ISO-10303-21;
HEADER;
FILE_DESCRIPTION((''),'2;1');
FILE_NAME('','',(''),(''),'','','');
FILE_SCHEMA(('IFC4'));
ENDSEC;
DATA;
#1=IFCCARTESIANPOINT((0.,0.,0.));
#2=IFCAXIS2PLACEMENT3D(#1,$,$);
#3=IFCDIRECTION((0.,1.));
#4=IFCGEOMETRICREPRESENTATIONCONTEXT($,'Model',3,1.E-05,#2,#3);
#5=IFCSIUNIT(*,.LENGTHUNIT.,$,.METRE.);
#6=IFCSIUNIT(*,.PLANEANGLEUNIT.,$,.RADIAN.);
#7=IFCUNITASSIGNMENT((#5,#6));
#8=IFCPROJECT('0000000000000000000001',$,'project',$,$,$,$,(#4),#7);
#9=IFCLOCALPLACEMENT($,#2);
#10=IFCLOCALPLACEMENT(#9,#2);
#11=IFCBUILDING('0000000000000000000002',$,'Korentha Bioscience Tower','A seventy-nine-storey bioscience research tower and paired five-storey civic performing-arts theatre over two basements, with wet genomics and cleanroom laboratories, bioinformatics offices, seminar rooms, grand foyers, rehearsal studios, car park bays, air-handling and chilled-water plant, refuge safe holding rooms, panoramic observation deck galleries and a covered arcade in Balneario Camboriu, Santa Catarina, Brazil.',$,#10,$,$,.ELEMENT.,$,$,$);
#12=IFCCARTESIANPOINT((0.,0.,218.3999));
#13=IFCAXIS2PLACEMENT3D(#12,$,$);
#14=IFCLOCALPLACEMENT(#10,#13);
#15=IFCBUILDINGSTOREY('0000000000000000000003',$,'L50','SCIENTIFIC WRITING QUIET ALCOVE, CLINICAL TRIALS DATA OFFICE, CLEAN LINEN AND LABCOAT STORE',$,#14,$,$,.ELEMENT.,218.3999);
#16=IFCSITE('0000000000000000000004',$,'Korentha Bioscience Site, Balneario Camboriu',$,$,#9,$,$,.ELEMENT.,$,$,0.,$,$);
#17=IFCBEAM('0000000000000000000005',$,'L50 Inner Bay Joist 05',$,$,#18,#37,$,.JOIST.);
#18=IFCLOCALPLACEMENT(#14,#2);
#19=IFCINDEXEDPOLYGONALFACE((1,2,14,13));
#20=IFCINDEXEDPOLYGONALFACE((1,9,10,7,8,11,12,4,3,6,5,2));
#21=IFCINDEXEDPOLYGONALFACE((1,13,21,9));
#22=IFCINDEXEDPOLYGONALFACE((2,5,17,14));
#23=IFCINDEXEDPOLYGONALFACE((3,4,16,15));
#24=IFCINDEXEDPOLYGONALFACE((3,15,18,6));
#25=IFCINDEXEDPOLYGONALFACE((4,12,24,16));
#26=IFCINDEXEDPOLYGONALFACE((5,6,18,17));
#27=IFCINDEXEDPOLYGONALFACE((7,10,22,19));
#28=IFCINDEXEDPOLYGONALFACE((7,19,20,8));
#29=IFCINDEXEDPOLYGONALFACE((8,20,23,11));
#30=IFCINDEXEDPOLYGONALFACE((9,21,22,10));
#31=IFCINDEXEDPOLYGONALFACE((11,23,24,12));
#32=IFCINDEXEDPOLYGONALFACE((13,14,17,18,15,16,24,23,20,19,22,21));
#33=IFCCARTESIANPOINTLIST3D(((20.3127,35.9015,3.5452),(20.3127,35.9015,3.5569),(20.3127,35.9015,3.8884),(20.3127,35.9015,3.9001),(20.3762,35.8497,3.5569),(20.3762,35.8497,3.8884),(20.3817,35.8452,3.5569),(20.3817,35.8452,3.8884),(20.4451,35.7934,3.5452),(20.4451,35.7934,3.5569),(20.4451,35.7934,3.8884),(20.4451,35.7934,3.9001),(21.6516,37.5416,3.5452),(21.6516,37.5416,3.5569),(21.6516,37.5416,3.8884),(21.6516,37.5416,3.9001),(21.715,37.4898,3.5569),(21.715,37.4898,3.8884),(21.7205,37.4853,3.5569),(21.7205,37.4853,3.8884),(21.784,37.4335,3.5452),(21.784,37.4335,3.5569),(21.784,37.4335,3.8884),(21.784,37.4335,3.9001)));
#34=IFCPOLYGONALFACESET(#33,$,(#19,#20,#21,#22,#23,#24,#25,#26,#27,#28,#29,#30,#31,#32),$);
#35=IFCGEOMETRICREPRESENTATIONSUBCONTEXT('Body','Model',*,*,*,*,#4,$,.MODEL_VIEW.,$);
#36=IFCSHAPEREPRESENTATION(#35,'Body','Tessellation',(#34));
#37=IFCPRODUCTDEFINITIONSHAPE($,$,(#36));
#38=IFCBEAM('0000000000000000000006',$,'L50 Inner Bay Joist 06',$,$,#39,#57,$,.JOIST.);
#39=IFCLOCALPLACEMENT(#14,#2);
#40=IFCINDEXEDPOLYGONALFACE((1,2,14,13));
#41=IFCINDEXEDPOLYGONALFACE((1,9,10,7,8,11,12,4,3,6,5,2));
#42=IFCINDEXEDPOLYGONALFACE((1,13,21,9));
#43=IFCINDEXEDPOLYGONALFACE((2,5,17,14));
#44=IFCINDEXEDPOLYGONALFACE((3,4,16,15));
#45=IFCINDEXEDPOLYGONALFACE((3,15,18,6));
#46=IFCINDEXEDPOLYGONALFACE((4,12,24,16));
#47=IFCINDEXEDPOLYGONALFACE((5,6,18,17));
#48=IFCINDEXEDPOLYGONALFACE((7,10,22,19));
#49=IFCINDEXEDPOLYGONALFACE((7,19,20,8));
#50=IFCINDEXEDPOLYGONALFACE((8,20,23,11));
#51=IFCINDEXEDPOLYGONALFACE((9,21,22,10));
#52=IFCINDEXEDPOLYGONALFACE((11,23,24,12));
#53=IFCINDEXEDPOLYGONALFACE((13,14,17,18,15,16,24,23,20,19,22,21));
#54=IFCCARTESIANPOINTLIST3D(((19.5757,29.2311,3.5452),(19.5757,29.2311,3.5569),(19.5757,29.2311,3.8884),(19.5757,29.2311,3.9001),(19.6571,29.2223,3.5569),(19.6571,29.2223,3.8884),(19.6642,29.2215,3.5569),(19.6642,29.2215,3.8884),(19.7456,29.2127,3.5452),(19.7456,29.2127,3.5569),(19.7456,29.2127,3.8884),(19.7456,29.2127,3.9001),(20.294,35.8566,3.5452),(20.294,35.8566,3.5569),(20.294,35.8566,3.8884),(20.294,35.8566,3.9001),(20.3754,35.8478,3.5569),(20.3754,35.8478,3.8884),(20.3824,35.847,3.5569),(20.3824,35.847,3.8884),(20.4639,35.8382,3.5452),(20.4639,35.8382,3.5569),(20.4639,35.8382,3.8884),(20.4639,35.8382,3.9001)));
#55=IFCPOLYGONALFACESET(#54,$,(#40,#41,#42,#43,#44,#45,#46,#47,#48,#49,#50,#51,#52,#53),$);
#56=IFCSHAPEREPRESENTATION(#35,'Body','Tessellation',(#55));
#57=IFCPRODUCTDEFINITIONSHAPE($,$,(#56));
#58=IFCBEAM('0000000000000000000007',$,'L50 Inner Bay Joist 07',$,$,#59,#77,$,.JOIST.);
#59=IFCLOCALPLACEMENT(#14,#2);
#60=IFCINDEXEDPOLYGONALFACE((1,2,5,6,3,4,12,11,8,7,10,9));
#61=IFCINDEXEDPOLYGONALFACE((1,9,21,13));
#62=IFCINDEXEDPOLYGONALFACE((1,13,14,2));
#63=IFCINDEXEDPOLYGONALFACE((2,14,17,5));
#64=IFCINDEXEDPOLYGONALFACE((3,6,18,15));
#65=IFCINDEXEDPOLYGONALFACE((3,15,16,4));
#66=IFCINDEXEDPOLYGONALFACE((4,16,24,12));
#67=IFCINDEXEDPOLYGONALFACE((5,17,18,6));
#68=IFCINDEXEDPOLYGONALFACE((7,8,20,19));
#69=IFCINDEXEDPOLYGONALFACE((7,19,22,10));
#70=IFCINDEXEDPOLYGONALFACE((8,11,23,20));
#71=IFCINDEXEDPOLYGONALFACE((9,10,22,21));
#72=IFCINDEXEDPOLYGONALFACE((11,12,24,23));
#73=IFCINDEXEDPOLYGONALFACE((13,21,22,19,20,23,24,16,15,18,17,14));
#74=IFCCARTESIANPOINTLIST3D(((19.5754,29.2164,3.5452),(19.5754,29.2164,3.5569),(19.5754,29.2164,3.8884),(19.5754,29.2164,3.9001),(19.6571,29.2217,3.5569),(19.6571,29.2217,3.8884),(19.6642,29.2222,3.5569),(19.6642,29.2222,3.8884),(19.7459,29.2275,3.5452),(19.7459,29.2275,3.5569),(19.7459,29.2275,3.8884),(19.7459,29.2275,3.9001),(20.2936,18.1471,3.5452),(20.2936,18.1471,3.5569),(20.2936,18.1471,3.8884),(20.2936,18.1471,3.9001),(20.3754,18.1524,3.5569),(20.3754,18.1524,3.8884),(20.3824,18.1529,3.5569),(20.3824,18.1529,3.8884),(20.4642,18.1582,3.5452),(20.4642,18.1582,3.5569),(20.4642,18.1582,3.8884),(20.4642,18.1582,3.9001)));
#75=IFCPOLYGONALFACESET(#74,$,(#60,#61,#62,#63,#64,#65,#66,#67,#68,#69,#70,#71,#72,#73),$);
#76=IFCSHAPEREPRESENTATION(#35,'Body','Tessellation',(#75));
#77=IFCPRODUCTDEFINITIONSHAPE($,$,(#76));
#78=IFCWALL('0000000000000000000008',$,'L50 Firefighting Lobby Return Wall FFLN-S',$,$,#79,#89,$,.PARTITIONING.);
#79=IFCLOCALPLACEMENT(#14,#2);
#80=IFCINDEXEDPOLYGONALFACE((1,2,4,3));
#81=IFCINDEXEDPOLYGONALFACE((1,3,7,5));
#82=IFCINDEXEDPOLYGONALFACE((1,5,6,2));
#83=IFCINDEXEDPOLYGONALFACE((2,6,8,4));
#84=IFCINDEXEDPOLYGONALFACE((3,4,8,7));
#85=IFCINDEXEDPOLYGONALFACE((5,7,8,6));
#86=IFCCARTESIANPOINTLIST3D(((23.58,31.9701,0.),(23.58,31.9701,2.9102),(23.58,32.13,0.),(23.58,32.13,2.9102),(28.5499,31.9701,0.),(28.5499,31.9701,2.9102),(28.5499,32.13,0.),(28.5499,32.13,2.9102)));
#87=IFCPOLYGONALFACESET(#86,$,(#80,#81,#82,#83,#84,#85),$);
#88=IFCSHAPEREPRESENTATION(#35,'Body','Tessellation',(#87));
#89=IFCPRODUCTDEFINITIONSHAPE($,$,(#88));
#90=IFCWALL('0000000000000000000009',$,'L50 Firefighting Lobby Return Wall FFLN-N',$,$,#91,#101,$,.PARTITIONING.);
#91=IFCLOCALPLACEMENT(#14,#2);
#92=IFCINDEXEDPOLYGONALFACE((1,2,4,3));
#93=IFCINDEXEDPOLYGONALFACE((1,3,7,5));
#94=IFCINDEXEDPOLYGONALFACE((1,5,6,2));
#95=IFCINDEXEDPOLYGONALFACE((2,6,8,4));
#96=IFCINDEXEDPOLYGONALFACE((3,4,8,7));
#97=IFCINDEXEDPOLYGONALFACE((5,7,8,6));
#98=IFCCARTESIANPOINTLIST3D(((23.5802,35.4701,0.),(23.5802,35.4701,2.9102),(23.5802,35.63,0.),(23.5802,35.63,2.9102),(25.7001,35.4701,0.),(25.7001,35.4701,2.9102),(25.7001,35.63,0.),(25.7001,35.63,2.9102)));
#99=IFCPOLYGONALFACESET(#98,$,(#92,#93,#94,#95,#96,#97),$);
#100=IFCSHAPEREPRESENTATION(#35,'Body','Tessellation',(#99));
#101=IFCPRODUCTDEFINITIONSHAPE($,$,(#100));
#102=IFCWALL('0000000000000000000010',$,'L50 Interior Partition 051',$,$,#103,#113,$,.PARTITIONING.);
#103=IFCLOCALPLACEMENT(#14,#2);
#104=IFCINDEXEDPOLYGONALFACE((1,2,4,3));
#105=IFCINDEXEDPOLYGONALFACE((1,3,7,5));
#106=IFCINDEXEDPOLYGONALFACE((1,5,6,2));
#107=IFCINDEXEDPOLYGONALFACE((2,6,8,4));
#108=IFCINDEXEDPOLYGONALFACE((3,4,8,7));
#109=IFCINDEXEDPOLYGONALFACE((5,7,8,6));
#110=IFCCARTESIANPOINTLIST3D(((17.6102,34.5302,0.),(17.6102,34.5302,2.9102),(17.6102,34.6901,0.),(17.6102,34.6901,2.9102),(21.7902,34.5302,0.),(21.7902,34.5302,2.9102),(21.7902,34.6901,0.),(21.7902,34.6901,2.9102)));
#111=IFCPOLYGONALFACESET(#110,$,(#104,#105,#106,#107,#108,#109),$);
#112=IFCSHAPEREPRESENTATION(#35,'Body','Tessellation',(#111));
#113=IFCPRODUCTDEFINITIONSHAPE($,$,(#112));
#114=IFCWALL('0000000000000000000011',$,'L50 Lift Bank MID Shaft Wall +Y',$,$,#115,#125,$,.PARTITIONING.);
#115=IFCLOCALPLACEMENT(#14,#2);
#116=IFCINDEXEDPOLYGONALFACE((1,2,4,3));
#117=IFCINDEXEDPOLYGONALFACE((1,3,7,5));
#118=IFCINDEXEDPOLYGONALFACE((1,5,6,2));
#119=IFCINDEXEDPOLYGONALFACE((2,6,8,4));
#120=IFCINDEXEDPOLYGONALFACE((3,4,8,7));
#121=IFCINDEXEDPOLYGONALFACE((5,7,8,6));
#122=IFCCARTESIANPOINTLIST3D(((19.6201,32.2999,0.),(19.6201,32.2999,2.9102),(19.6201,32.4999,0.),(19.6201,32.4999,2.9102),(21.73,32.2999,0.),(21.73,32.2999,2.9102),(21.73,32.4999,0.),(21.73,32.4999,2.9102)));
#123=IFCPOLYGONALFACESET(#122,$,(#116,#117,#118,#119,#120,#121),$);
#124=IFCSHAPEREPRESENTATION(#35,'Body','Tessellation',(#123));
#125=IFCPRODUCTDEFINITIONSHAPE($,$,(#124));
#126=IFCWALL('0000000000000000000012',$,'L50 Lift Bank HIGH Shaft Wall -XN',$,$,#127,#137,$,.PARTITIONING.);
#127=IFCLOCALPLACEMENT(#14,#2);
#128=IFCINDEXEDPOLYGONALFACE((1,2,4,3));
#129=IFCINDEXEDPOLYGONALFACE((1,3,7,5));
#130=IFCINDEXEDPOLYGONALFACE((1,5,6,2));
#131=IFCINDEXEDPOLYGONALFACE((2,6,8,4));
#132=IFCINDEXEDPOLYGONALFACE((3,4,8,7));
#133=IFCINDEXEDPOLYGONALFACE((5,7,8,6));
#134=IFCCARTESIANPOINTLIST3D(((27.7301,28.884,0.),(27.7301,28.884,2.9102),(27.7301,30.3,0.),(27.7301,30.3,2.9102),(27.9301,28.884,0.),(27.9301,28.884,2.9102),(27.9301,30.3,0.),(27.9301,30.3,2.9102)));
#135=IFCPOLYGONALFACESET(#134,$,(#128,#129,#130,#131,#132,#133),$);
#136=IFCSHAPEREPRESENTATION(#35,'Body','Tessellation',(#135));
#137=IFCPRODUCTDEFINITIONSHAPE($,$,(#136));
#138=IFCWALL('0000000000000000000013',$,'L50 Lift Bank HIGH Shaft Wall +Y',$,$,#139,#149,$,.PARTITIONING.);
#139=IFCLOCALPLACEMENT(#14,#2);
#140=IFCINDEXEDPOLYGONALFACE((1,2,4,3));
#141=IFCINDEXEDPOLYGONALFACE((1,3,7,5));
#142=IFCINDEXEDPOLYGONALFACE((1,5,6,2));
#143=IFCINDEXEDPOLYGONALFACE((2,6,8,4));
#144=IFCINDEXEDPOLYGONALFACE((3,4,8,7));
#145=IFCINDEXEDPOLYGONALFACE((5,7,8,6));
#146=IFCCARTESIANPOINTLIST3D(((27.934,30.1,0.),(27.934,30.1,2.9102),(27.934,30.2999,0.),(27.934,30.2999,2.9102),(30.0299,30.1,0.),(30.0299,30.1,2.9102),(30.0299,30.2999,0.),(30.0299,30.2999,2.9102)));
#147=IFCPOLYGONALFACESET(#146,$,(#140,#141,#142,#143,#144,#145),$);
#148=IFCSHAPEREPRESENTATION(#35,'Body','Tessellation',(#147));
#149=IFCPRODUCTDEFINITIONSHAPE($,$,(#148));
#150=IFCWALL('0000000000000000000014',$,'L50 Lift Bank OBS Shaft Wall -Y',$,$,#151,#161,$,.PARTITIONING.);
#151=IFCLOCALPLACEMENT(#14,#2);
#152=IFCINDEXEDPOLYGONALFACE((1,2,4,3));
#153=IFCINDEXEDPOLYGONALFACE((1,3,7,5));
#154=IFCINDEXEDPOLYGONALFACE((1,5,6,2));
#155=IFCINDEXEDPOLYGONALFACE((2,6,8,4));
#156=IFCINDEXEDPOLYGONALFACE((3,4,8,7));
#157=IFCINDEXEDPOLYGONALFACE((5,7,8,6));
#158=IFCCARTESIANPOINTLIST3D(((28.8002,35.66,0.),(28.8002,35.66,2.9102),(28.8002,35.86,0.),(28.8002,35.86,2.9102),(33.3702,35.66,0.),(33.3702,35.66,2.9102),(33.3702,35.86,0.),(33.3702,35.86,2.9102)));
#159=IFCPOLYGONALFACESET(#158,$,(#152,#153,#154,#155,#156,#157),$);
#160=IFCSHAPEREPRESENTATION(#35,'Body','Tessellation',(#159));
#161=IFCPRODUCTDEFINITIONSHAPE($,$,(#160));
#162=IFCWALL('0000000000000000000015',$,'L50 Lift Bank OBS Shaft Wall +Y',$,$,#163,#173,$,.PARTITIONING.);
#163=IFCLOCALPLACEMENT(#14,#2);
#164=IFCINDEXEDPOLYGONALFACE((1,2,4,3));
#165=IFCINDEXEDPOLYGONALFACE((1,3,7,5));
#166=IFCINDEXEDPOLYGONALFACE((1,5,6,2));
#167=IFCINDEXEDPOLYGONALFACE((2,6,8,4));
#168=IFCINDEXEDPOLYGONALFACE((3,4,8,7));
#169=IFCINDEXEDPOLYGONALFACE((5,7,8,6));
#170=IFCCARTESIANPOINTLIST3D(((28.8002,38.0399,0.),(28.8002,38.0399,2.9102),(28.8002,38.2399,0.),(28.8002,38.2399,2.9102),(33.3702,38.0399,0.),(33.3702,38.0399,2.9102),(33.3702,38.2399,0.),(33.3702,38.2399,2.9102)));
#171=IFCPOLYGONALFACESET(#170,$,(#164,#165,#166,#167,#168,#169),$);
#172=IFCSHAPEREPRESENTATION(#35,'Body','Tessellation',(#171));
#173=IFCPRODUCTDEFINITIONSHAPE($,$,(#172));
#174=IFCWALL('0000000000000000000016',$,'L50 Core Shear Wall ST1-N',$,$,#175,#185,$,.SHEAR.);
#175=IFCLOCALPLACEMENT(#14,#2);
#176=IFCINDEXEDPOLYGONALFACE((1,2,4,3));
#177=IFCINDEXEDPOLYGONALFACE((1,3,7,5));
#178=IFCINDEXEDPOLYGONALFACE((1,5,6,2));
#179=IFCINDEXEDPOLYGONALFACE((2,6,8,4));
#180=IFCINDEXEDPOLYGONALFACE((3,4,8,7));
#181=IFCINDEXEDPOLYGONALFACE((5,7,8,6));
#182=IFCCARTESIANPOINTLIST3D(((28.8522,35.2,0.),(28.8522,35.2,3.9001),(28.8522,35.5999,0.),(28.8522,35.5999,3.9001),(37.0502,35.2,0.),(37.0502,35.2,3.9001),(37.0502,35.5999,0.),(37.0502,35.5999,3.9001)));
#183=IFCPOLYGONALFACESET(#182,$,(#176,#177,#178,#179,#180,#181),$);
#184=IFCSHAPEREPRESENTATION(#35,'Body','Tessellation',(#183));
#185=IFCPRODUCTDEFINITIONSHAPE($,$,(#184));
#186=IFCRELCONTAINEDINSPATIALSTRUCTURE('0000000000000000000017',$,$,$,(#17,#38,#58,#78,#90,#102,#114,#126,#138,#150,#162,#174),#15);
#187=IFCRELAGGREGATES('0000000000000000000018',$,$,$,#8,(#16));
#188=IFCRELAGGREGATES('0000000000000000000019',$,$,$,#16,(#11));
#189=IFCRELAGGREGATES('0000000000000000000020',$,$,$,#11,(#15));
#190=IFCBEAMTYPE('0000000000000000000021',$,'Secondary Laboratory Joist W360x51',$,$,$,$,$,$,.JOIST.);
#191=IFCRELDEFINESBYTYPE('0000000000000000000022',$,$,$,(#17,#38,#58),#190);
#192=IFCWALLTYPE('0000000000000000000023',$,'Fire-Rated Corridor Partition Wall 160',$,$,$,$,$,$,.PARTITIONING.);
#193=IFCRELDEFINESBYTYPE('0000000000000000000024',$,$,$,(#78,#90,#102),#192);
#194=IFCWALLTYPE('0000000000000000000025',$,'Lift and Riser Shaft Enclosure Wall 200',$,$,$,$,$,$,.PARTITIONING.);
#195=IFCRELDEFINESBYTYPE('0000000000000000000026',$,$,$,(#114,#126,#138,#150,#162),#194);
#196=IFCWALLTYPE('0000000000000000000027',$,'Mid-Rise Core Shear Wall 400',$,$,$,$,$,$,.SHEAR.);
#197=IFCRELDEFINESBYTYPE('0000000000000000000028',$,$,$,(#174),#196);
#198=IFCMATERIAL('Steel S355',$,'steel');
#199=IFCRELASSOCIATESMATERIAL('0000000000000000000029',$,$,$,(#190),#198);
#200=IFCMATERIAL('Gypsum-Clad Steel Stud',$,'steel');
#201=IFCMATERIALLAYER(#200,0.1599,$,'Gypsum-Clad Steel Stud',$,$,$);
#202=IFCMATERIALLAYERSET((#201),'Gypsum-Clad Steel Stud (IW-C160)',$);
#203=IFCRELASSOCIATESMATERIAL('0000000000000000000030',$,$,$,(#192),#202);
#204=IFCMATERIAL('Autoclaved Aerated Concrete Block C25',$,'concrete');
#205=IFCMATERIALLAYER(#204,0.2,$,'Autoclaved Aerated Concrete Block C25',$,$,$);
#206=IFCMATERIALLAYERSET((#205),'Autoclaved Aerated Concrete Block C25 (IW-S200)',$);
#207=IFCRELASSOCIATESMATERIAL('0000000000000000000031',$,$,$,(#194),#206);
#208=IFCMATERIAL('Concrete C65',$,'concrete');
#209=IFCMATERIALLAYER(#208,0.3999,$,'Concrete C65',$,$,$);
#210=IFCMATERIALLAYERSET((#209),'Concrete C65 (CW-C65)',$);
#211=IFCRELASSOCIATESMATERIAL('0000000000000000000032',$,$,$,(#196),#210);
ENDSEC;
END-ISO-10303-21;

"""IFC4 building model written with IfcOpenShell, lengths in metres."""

from ifc_helpers import new_model, si_unit, direction, frame, frame_2d, origin, origin_2d, place, context, subcontext, project, spatial, rectangle, i_section, extrude, material, layer, layer_set, material_profile, profile_set, type_object, element, save


model = new_model("IFC4")

# Units and contexts
model_context = context("Model", 3, precision=1e-05, world=origin(), true_north=direction((0.0, 1.0)))
body_context = subcontext(model_context, "Body", "Model", "MODEL_VIEW")
ifc_project = project(units=[si_unit("LENGTHUNIT", "METRE"), si_unit("PLANEANGLEUNIT", "RADIAN")], contexts=[model_context])

# Site, building, storey
site_placement = place(None, origin())
site = spatial("IfcSite", under=ifc_project, at=site_placement, Name="Korentha Bioscience Site, Balneario Camboriu", CompositionType="ELEMENT", RefElevation=0.0)
building_placement = place(site_placement, origin())
building = spatial("IfcBuilding", under=site, at=building_placement, Name="Korentha Bioscience Tower", Description="A seventy-nine-storey bioscience research tower and paired five-storey civic performing-arts theatre over two basements, with wet genomics and cleanroom laboratories, bioinformatics offices, seminar rooms, grand foyers, rehearsal studios, car park bays, air-handling and chilled-water plant, refuge safe holding rooms, panoramic observation deck galleries and a covered arcade in Balneario Camboriu, Santa Catarina, Brazil.", CompositionType="ELEMENT")
storey_placement = place(building_placement, frame((0.0, 0.0, 218.3999)))
storey = spatial("IfcBuildingStorey", under=building, at=storey_placement, Name="L50", Description="SCIENTIFIC WRITING QUIET ALCOVE, CLINICAL TRIALS DATA OFFICE, CLEAN LINEN AND LABCOAT STORE", CompositionType="ELEMENT", Elevation=218.3999)

# Shared definitions
ifc_material_1 = material(Name="Concrete C65", Category="concrete")

# Beams
ifc_material_2 = material(Name="Steel S355", Category="steel")
ifc_material_profile_1 = material_profile(ifc_material_2, i_section(OverallWidth=0.1709, OverallDepth=0.355, WebThickness=0.0071, FlangeThickness=0.0117, at=origin_2d()), Name="Steel S355")
ifc_profile_set_1 = profile_set([ifc_material_profile_1], Name="Steel S355 (JB-360)")
beam_type_1 = type_object("IfcBeamType", Name="Secondary Laboratory Joist W360x51", PredefinedType="JOIST", material=ifc_profile_set_1)
beam_1_placement = place(storey_placement, frame((21.7178, 37.4875, 3.7227), z_axis=(-0.632371, -0.774666, 0.0), x_axis=(0.774666, -0.632371, 0.0)))
element("IfcBeam", 1, at=beam_1_placement, inside=storey, type_object=beam_type_1, Name="L50 Inner Bay Joist 05", PredefinedType="JOIST", context=body_context, shape_type="SweptSolid", body=[
    extrude(i_section(OverallWidth=0.1709, OverallDepth=0.355, WebThickness=0.0071, FlangeThickness=0.0117, at=origin_2d()), origin(), (0.0, 0.0, 1.0), 2.1172),
])
beam_2_placement = place(storey_placement, frame((20.3789, 35.8474, 3.7227), z_axis=(-0.107777, -0.994175, 0.0), x_axis=(0.994175, -0.107777, 0.0)))
element("IfcBeam", 2, at=beam_2_placement, inside=storey, type_object=beam_type_1, Name="L50 Inner Bay Joist 06", PredefinedType="JOIST", context=body_context, shape_type="SweptSolid", body=[
    extrude(i_section(OverallWidth=0.1709, OverallDepth=0.355, WebThickness=0.0071, FlangeThickness=0.0117, at=origin_2d()), origin(), (0.0, 0.0, 1.0), 6.6643),
])
beam_3_placement = place(storey_placement, frame((19.6606, 29.2219, 3.7227), z_axis=(0.064751, -0.997901, 0.0), x_axis=(0.997901, 0.064751, 0.0)))
element("IfcBeam", 3, at=beam_3_placement, inside=storey, type_object=beam_type_1, Name="L50 Inner Bay Joist 07", PredefinedType="JOIST", context=body_context, shape_type="SweptSolid", body=[
    extrude(i_section(OverallWidth=0.1709, OverallDepth=0.355, WebThickness=0.0071, FlangeThickness=0.0117, at=origin_2d()), origin(), (0.0, 0.0, 1.0), 11.0925),
])

# Shared definitions
ifc_material_3 = material(Name="Gypsum-Clad Steel Stud", Category="steel")
ifc_layer_1 = layer(ifc_material_3, 0.1599, Name="Gypsum-Clad Steel Stud")
ifc_layer_set_1 = layer_set([ifc_layer_1], Name="Gypsum-Clad Steel Stud (IW-C160)")
wall_type_1 = type_object("IfcWallType", Name="Fire-Rated Corridor Partition Wall 160", PredefinedType="PARTITIONING", material=ifc_layer_set_1)

# Walls
wall_1_placement = place(storey_placement, frame((23.5801, 32.05, 0.0), z_axis=(0.0, 0.0, 1.0), x_axis=(1.0, 0.0, 0.0)))
element("IfcWall", 4, at=wall_1_placement, inside=storey, type_object=wall_type_1, Name="L50 Firefighting Lobby Return Wall FFLN-S", PredefinedType="PARTITIONING", context=body_context, shape_type="SweptSolid", body=[
    extrude(rectangle(XDim=4.97, YDim=0.1599, at=frame_2d((2.4849, 0.0))), origin(), (0.0, 0.0, 1.0), 2.9102),
])
wall_2_placement = place(storey_placement, frame((23.5801, 35.55, 0.0), z_axis=(0.0, 0.0, 1.0), x_axis=(1.0, 0.0, 0.0)))
element("IfcWall", 5, at=wall_2_placement, inside=storey, type_object=wall_type_1, Name="L50 Firefighting Lobby Return Wall FFLN-N", PredefinedType="PARTITIONING", context=body_context, shape_type="SweptSolid", body=[
    extrude(rectangle(XDim=2.1199, YDim=0.1599, at=frame_2d((1.0601, 0.0))), origin(), (0.0, 0.0, 1.0), 2.9102),
])
wall_3_placement = place(storey_placement, frame((21.79, 34.6101, 0.0), z_axis=(0.0, 0.0, 1.0), x_axis=(-1.0, 0.0, 0.0)))
element("IfcWall", 6, at=wall_3_placement, inside=storey, type_object=wall_type_1, Name="L50 Interior Partition 051", PredefinedType="PARTITIONING", context=body_context, shape_type="SweptSolid", body=[
    extrude(rectangle(XDim=4.1799, YDim=0.1599, at=frame_2d((2.0898, 0.0))), origin(), (0.0, 0.0, 1.0), 2.9102),
])
ifc_material_4 = material(Name="Autoclaved Aerated Concrete Block C25", Category="concrete")
ifc_layer_2 = layer(ifc_material_4, 0.2, Name="Autoclaved Aerated Concrete Block C25")
ifc_layer_set_2 = layer_set([ifc_layer_2], Name="Autoclaved Aerated Concrete Block C25 (IW-S200)")
wall_type_2 = type_object("IfcWallType", Name="Lift and Riser Shaft Enclosure Wall 200", PredefinedType="PARTITIONING", material=ifc_layer_set_2)
wall_4_placement = place(storey_placement, frame((19.6201, 32.3999, 0.0), z_axis=(0.0, 0.0, 1.0), x_axis=(1.0, 0.0, 0.0)))
element("IfcWall", 7, at=wall_4_placement, inside=storey, type_object=wall_type_2, Name="L50 Lift Bank MID Shaft Wall +Y", PredefinedType="PARTITIONING", context=body_context, shape_type="SweptSolid", body=[
    extrude(rectangle(XDim=2.1099, YDim=0.2, at=frame_2d((1.0549, 0.0))), origin(), (0.0, 0.0, 1.0), 2.9102),
])
wall_5_placement = place(storey_placement, frame((27.8301, 28.884, 0.0), z_axis=(0.0, 0.0, 1.0), x_axis=(0.0, 1.0, 0.0)))
element("IfcWall", 8, at=wall_5_placement, inside=storey, type_object=wall_type_2, Name="L50 Lift Bank HIGH Shaft Wall -XN", PredefinedType="PARTITIONING", context=body_context, shape_type="SweptSolid", body=[
    extrude(rectangle(XDim=1.416, YDim=0.2, at=frame_2d((0.708, 0.0))), origin(), (0.0, 0.0, 1.0), 2.9102),
])
wall_6_placement = place(storey_placement, frame((27.9341, 30.2, 0.0), z_axis=(0.0, 0.0, 1.0), x_axis=(1.0, 0.0, 0.0)))
element("IfcWall", 9, at=wall_6_placement, inside=storey, type_object=wall_type_2, Name="L50 Lift Bank HIGH Shaft Wall +Y", PredefinedType="PARTITIONING", context=body_context, shape_type="SweptSolid", body=[
    extrude(rectangle(XDim=2.0959, YDim=0.2, at=frame_2d((1.0479, 0.0))), origin(), (0.0, 0.0, 1.0), 2.9102),
])
for number, where, z_axis, x_axis, name in (
    (10, (28.8, 35.76, 0.0), (0.0, 0.0, 1.0), (1.0, 0.0, 0.0), "L50 Lift Bank OBS Shaft Wall -Y"),
    (11, (28.8, 38.1399, 0.0), (0.0, 0.0, 1.0), (1.0, 0.0, 0.0), "L50 Lift Bank OBS Shaft Wall +Y"),
):
    element("IfcWall", number, at=place(storey_placement, frame(where, z_axis=z_axis, x_axis=x_axis)), inside=storey, type_object=wall_type_2, Name=name, PredefinedType="PARTITIONING", context=body_context, shape_type="SweptSolid", body=[
        extrude(rectangle(XDim=4.5701, YDim=0.2, at=frame_2d((2.2852, 0.0))), origin(), (0.0, 0.0, 1.0), 2.9102),
    ])
ifc_layer_3 = layer(ifc_material_1, 0.3999, Name="Concrete C65")
ifc_layer_set_3 = layer_set([ifc_layer_3], Name="Concrete C65 (CW-C65)")
wall_type_3 = type_object("IfcWallType", Name="Mid-Rise Core Shear Wall 400", PredefinedType="SHEAR", material=ifc_layer_set_3)
wall_7_placement = place(storey_placement, frame((28.8521, 35.3999, 0.0), z_axis=(0.0, 0.0, 1.0), x_axis=(1.0, 0.0, 0.0)))
element("IfcWall", 12, at=wall_7_placement, inside=storey, type_object=wall_type_3, Name="L50 Core Shear Wall ST1-N", PredefinedType="SHEAR", context=body_context, shape_type="SweptSolid", body=[
    extrude(rectangle(XDim=8.198, YDim=0.3999, at=frame_2d((4.0991, 0.0))), origin(), (0.0, 0.0, 1.0), 3.9001),
])

save(model, "model.ifc")
